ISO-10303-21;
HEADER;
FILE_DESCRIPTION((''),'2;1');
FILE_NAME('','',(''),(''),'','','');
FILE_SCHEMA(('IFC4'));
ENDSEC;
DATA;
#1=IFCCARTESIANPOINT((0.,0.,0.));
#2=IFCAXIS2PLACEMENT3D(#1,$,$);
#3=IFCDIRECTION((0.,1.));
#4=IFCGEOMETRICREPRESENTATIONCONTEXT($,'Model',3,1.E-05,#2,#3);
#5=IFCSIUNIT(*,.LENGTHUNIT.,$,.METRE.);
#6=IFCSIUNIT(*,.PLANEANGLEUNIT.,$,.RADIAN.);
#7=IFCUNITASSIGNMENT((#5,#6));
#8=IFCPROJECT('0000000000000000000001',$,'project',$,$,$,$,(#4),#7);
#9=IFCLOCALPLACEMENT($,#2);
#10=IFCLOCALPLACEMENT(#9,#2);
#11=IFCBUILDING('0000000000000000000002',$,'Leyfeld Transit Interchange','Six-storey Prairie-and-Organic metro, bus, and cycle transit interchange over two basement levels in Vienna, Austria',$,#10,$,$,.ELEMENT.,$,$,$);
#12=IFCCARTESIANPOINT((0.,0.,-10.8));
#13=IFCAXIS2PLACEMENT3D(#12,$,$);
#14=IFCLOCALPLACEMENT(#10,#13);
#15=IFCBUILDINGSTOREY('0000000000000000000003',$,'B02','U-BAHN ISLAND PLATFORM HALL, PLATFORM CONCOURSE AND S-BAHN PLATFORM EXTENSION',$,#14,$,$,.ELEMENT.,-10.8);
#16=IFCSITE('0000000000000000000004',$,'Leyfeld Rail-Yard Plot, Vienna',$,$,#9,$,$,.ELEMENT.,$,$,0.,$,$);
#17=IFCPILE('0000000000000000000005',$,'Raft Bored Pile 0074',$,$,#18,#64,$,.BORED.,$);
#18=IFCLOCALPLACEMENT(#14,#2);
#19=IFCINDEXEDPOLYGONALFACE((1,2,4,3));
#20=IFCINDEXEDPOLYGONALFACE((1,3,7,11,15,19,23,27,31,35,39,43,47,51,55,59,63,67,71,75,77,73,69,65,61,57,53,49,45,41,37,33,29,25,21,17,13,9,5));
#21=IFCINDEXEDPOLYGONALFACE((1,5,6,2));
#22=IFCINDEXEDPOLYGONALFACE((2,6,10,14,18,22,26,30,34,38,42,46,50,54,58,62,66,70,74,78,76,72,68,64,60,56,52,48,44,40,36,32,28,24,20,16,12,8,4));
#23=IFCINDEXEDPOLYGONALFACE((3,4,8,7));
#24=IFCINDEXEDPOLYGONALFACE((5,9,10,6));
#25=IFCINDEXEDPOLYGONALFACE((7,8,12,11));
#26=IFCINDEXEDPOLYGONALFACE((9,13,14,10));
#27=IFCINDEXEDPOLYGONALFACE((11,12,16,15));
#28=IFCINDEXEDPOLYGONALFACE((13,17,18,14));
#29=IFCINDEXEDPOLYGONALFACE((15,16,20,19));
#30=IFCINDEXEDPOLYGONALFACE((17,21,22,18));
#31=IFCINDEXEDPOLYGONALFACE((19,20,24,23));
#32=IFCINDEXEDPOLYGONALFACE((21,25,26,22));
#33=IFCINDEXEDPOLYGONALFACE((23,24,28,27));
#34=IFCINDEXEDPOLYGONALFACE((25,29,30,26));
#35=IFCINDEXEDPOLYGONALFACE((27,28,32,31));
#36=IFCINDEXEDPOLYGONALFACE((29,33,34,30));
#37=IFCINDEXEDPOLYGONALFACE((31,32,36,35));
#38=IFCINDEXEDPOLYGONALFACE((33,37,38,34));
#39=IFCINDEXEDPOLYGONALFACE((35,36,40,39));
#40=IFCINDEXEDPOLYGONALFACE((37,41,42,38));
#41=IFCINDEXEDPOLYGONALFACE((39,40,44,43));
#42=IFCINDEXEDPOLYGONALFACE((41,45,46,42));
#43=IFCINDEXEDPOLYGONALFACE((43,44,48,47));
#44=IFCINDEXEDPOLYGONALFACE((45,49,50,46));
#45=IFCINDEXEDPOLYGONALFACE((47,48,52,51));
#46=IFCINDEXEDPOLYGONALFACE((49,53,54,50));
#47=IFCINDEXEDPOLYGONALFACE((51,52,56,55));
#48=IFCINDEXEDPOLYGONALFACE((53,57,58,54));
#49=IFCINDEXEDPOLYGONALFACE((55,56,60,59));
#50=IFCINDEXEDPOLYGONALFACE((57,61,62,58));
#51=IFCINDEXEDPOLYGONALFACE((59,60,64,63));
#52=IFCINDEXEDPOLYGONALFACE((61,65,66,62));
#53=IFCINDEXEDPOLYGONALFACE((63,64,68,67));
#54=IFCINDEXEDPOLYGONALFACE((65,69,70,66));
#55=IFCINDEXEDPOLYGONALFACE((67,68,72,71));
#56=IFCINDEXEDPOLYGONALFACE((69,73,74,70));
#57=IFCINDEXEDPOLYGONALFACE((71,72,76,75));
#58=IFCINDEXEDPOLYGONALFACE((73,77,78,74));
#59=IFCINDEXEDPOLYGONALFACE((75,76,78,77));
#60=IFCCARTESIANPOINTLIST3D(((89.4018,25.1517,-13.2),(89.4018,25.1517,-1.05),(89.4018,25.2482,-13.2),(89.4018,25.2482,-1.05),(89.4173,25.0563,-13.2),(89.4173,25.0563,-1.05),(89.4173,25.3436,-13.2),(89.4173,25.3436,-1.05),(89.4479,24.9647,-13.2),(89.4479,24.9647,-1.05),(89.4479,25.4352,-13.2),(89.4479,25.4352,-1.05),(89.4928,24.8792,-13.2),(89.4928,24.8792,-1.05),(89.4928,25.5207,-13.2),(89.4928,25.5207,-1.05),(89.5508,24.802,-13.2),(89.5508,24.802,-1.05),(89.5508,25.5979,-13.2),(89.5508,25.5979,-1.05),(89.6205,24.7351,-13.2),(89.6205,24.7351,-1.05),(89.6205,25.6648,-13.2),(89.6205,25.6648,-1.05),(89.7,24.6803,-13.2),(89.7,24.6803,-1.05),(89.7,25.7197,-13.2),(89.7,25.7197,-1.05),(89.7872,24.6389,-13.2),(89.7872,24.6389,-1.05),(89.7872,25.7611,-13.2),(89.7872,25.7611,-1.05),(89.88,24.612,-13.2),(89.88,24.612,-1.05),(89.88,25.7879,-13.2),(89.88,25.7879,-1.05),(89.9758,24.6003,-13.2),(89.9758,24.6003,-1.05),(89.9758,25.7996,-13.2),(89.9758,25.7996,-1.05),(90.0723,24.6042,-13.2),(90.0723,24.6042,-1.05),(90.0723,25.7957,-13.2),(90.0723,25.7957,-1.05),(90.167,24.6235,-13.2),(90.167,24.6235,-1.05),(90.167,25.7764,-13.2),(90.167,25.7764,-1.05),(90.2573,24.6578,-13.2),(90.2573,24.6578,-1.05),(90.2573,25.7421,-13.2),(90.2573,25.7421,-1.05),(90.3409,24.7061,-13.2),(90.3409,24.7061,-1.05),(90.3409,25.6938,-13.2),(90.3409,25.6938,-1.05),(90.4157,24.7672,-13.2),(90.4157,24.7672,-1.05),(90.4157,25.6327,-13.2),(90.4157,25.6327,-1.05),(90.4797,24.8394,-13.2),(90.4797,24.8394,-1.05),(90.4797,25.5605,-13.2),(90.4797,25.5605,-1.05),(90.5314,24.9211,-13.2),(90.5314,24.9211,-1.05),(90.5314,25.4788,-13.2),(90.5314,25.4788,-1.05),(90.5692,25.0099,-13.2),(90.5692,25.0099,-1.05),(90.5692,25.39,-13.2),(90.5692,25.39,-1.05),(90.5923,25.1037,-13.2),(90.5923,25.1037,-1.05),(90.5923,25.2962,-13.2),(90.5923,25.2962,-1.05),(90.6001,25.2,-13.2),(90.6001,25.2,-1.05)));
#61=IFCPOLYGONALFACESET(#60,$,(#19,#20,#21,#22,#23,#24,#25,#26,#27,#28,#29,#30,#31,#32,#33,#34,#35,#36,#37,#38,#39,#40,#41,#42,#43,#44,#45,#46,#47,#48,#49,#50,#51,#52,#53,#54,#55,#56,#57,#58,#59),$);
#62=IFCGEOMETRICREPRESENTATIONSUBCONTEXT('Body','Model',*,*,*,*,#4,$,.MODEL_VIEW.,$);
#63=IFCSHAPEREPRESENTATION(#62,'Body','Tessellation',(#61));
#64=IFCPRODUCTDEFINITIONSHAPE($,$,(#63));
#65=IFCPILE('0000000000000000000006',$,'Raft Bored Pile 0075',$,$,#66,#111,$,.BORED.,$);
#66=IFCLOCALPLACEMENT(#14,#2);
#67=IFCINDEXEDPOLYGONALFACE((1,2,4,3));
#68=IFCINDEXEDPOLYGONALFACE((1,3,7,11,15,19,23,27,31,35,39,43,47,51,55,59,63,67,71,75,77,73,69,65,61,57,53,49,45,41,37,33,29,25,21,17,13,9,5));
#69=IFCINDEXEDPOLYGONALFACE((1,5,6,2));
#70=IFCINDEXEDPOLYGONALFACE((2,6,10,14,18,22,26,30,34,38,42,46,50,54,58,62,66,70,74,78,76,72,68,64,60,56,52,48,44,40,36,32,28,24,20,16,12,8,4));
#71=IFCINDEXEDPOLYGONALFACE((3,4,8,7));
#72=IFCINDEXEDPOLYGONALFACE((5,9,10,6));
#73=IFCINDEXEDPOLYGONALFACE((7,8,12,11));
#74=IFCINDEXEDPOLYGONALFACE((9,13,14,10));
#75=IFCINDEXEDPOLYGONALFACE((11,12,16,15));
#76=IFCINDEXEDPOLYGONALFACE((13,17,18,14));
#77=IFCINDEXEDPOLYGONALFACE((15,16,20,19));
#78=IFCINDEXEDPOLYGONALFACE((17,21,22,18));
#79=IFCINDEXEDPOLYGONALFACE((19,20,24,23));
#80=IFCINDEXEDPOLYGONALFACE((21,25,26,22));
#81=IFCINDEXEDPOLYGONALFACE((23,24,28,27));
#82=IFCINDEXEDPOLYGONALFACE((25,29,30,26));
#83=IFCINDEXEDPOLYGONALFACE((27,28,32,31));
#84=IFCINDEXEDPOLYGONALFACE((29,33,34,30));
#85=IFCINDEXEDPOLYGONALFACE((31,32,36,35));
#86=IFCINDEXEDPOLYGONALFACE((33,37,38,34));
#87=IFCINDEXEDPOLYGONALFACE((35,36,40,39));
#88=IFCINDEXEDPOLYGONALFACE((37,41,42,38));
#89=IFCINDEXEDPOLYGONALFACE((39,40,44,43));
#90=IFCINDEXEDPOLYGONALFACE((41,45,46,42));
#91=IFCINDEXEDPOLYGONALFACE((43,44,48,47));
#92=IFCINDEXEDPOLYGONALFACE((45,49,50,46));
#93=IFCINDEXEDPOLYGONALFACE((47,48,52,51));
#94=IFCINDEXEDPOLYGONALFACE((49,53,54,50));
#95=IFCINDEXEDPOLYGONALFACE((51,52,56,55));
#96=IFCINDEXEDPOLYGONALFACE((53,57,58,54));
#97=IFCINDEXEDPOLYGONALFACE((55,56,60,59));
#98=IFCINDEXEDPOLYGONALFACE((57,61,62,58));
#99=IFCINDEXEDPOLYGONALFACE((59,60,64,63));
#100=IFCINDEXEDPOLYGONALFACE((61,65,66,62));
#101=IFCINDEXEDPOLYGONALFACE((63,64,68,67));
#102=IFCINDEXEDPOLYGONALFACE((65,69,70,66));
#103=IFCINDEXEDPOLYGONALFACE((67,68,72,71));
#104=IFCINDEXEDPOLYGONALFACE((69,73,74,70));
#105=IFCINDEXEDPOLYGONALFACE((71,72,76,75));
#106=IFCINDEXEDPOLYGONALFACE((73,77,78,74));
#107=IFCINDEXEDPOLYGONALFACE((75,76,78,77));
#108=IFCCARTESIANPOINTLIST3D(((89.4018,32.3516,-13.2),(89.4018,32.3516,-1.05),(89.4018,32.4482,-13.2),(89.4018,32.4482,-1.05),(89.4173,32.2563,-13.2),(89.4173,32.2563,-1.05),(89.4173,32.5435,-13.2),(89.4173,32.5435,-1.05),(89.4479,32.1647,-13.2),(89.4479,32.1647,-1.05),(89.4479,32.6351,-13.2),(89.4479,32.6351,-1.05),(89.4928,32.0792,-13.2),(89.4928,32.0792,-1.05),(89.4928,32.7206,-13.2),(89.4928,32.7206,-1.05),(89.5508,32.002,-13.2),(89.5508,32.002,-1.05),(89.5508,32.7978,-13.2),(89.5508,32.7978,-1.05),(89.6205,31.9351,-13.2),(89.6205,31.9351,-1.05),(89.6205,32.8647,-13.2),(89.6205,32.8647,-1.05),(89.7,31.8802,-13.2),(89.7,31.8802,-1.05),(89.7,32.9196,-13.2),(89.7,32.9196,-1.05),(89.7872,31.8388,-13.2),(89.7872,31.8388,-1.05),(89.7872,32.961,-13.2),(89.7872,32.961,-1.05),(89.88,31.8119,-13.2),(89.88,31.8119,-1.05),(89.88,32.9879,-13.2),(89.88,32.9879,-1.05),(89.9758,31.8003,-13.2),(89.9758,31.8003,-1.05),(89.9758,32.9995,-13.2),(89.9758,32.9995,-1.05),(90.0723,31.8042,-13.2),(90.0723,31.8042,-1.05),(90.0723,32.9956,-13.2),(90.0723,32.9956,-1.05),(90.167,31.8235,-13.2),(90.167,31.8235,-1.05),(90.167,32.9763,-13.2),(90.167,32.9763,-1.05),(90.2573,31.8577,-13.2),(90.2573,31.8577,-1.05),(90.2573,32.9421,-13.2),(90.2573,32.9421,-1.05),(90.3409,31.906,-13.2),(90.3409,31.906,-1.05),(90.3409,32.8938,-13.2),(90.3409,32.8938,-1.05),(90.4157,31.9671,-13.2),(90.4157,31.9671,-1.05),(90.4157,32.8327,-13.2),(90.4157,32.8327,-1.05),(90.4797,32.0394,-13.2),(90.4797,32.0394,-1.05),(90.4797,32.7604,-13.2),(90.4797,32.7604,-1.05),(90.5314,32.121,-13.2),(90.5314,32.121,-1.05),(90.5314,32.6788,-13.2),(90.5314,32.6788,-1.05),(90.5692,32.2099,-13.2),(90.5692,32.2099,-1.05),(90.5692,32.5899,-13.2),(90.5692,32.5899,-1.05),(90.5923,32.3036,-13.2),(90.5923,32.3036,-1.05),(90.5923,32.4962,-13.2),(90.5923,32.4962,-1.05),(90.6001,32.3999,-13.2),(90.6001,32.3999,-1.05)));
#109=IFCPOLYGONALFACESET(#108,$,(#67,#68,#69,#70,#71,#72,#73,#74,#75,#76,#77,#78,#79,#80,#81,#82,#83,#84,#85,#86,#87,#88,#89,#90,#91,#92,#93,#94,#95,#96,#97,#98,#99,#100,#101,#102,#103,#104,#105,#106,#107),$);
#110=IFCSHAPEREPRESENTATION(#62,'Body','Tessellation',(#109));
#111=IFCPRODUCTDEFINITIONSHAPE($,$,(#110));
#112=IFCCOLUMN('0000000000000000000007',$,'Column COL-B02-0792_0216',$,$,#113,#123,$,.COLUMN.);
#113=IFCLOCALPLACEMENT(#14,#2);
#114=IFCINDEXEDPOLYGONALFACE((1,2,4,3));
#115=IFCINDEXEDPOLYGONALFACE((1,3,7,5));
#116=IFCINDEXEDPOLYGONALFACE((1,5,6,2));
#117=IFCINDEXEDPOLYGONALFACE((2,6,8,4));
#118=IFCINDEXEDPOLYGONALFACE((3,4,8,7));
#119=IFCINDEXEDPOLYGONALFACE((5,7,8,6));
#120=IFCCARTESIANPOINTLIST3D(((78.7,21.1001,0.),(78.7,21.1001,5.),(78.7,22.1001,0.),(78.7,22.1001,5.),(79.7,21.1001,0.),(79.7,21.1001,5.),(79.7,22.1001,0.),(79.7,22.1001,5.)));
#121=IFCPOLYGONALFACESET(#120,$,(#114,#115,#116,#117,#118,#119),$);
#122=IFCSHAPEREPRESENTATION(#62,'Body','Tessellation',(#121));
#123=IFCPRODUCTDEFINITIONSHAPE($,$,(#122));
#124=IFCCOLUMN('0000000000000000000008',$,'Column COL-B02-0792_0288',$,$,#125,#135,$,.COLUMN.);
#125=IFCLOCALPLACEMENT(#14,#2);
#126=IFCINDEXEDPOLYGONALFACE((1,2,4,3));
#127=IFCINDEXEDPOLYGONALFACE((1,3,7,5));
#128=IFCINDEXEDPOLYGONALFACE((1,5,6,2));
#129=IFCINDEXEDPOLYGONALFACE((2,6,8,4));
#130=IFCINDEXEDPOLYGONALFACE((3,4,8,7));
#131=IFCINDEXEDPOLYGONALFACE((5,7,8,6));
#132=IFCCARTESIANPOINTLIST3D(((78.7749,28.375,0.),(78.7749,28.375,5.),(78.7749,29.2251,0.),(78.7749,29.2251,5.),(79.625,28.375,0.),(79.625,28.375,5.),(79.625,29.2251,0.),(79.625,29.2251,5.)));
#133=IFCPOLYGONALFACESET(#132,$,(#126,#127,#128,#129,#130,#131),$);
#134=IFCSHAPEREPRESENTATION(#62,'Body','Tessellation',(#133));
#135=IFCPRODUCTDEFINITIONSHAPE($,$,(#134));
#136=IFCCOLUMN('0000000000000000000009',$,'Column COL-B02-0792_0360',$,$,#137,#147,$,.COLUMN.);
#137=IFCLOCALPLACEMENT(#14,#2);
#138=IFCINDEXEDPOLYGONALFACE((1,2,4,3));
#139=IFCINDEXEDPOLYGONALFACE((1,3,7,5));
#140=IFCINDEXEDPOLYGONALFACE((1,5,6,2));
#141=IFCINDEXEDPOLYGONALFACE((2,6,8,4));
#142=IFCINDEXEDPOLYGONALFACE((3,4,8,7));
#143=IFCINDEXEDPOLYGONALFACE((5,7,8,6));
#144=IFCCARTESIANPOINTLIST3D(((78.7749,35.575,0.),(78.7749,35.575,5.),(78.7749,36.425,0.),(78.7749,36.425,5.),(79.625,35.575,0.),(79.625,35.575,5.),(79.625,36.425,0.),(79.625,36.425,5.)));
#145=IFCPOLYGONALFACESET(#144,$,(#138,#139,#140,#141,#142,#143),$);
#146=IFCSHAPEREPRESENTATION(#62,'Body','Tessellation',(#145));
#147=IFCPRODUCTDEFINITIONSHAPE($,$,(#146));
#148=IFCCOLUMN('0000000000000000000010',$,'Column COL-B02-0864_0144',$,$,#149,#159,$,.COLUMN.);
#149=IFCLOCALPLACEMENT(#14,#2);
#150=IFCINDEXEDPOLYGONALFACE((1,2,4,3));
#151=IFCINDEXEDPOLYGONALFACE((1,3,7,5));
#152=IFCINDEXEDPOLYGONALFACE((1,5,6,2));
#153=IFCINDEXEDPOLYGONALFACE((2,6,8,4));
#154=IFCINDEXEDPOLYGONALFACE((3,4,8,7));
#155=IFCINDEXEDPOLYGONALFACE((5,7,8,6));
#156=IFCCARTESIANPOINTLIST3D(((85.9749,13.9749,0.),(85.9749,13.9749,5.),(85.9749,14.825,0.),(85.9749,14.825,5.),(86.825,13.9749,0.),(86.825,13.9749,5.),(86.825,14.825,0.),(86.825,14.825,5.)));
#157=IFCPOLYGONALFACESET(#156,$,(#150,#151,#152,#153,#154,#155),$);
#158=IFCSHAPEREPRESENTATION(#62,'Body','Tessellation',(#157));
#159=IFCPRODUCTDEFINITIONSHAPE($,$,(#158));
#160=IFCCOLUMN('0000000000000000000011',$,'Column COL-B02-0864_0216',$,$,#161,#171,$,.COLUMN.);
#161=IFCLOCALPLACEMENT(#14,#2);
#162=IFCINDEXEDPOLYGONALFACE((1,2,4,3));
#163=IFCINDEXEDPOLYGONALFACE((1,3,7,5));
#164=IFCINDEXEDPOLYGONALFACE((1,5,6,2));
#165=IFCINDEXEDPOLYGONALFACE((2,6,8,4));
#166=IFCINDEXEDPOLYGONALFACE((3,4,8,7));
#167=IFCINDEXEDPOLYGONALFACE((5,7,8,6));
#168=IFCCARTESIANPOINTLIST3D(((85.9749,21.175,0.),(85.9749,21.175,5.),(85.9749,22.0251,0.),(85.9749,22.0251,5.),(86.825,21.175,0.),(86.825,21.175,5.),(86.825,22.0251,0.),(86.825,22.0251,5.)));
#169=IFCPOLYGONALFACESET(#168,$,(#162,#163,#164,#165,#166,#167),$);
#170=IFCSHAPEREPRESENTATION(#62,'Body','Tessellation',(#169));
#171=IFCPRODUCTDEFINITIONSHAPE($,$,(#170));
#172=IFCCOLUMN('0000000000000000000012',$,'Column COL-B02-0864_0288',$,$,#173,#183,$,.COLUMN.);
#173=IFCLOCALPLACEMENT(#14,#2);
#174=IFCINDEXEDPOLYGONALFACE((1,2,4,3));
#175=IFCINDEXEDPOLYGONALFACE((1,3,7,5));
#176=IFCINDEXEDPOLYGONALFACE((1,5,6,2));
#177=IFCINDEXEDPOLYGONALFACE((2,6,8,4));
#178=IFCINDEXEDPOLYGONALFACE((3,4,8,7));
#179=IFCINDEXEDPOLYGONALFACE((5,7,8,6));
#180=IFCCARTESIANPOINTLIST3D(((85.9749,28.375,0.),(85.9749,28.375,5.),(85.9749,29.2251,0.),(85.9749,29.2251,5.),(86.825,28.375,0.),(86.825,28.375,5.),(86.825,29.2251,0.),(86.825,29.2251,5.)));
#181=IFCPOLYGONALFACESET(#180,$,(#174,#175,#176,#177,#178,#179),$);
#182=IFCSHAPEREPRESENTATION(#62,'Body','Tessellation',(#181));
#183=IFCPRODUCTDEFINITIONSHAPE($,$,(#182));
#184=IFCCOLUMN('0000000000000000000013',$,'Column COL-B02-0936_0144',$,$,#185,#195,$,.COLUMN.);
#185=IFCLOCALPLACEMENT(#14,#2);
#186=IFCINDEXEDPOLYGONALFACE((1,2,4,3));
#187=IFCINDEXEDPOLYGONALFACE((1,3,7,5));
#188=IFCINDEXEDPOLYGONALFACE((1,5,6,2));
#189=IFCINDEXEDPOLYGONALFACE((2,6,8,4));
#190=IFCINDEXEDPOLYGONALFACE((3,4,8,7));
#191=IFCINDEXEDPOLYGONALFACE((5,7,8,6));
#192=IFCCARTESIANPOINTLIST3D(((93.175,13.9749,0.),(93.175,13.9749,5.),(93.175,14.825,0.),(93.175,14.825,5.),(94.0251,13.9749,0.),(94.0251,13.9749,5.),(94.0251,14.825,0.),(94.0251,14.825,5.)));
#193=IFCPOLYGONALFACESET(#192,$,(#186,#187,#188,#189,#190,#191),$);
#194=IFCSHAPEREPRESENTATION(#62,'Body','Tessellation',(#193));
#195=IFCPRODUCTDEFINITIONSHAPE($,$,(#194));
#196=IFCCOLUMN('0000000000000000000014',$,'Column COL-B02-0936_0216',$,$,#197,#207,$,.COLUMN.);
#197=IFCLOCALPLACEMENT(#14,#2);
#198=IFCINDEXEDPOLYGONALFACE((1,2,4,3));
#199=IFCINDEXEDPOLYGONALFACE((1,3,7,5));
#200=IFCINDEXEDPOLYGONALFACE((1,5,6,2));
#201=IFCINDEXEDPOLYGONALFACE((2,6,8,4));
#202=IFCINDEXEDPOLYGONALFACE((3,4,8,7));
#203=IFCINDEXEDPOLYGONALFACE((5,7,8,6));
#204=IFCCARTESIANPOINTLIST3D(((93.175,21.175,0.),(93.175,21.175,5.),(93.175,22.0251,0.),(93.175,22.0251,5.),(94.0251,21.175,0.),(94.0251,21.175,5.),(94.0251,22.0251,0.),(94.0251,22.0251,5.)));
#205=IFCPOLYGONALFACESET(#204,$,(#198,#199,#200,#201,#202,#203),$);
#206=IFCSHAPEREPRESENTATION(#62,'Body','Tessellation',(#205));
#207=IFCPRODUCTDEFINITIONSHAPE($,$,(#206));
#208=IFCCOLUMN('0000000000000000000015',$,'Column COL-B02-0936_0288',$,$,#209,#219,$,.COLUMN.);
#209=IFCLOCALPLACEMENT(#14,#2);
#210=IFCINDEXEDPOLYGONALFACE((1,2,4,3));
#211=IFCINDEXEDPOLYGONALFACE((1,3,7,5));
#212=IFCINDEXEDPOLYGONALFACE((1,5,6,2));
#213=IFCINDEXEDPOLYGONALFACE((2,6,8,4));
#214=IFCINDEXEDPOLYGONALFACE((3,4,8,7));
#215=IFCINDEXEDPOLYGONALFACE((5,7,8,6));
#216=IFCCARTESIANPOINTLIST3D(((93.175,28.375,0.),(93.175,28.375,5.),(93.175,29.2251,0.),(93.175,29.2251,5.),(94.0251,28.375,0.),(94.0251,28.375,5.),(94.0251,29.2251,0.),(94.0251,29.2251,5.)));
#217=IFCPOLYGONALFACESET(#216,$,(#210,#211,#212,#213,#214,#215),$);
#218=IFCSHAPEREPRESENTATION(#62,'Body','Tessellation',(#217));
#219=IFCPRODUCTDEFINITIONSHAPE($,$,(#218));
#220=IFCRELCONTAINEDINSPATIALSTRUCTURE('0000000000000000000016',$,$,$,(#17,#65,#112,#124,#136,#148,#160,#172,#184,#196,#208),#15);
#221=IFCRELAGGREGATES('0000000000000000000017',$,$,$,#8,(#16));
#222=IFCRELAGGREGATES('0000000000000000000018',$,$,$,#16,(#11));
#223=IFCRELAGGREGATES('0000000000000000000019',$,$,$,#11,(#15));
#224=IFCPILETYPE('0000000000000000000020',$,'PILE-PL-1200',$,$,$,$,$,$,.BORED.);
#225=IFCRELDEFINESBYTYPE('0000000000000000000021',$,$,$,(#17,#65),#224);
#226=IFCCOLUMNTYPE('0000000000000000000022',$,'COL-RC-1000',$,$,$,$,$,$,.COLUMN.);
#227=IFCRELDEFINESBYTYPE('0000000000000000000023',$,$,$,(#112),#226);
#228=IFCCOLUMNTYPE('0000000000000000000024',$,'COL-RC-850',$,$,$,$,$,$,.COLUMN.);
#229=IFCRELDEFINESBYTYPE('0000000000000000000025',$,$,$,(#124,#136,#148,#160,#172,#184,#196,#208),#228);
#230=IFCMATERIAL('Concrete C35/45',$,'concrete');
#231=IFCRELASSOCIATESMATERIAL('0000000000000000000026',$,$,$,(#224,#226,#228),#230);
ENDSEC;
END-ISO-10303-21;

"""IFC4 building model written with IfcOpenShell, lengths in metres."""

from ifc_helpers import new_model, si_unit, direction, frame, origin, origin_2d, place, context, subcontext, project, spatial, rectangle, circle, extrude, material, material_profile, profile_set, type_object, element, save


model = new_model("IFC4")

# Units and contexts
model_context = context("Model", 3, precision=1e-05, world=origin(), true_north=direction((0.0, 1.0)))
body_context = subcontext(model_context, "Body", "Model", "MODEL_VIEW")
ifc_project = project(units=[si_unit("LENGTHUNIT", "METRE"), si_unit("PLANEANGLEUNIT", "RADIAN")], contexts=[model_context])

# Site, building, storey
site_placement = place(None, origin())
site = spatial("IfcSite", under=ifc_project, at=site_placement, Name="Leyfeld Rail-Yard Plot, Vienna", CompositionType="ELEMENT", RefElevation=0.0)
building_placement = place(site_placement, origin())
building = spatial("IfcBuilding", under=site, at=building_placement, Name="Leyfeld Transit Interchange", Description="Six-storey Prairie-and-Organic metro, bus, and cycle transit interchange over two basement levels in Vienna, Austria", CompositionType="ELEMENT")
storey_placement = place(building_placement, frame((0.0, 0.0, -10.8)))
storey = spatial("IfcBuildingStorey", under=building, at=storey_placement, Name="B02", Description="U-BAHN ISLAND PLATFORM HALL, PLATFORM CONCOURSE AND S-BAHN PLATFORM EXTENSION", CompositionType="ELEMENT", Elevation=-10.8)

# Piles
ifc_material = material(Name="Concrete C35/45", Category="concrete")
ifc_material_profile_1 = material_profile(ifc_material, circle(Radius=0.6001, at=origin_2d()), Name="PILE D1200")
ifc_profile_set_1 = profile_set([ifc_material_profile_1], Name="Concrete C35/45")
pile_type = type_object("IfcPileType", Name="PILE-PL-1200", PredefinedType="BORED", material=ifc_profile_set_1)
for number, where, z_axis, x_axis, name in (
    (1, (90.0, 25.2, -1.05), (0.0, 0.0, -1.0), (1.0, 0.0, 0.0), "Raft Bored Pile 0074"),
    (2, (90.0, 32.3999, -1.05), (0.0, 0.0, -1.0), (1.0, 0.0, 0.0), "Raft Bored Pile 0075"),
):
    element("IfcPile", number, at=place(storey_placement, frame(where, z_axis=z_axis, x_axis=x_axis)), inside=storey, type_object=pile_type, Name=name, PredefinedType="BORED", context=body_context, shape_type="SweptSolid", body=[
        extrude(circle(Radius=0.6001, at=origin_2d()), origin(), (0.0, 0.0, 1.0), 12.1499),
    ])

# Columns
ifc_material_profile_2 = material_profile(ifc_material, rectangle(XDim=1.0, YDim=1.0, at=origin_2d()), Name="RC 1000x1000")
ifc_profile_set_2 = profile_set([ifc_material_profile_2], Name="Concrete C35/45")
column_type_1 = type_object("IfcColumnType", Name="COL-RC-1000", PredefinedType="COLUMN", material=ifc_profile_set_2)
column_placement = place(storey_placement, frame((79.2, 21.6001, 0.0), z_axis=(0.0, 0.0, 1.0), x_axis=(1.0, 0.0, 0.0)))
element("IfcColumn", 3, at=column_placement, inside=storey, type_object=column_type_1, Name="Column COL-B02-0792_0216", PredefinedType="COLUMN", context=body_context, shape_type="SweptSolid", body=[
    extrude(rectangle(XDim=1.0, YDim=1.0, at=origin_2d()), origin(), (0.0, 0.0, 1.0), 5.0),
])
ifc_material_profile_3 = material_profile(ifc_material, rectangle(XDim=0.8501, YDim=0.8501, at=origin_2d()), Name="RC 850x850")
ifc_profile_set_3 = profile_set([ifc_material_profile_3], Name="Concrete C35/45")
column_type_2 = type_object("IfcColumnType", Name="COL-RC-850", PredefinedType="COLUMN", material=ifc_profile_set_3)
for number, where, z_axis, x_axis, name in (
    (4, (79.2, 28.8, 0.0), (0.0, 0.0, 1.0), (1.0, 0.0, 0.0), "Column COL-B02-0792_0288"),
    (5, (79.2, 36.0, 0.0), (0.0, 0.0, 1.0), (1.0, 0.0, 0.0), "Column COL-B02-0792_0360"),
    (6, (86.3999, 14.3999, 0.0), (0.0, 0.0, 1.0), (1.0, 0.0, 0.0), "Column COL-B02-0864_0144"),
    (7, (86.3999, 21.6001, 0.0), (0.0, 0.0, 1.0), (1.0, 0.0, 0.0), "Column COL-B02-0864_0216"),
    (8, (86.3999, 28.8, 0.0), (0.0, 0.0, 1.0), (1.0, 0.0, 0.0), "Column COL-B02-0864_0288"),
    (9, (93.6001, 14.3999, 0.0), (0.0, 0.0, 1.0), (1.0, 0.0, 0.0), "Column COL-B02-0936_0144"),
    (10, (93.6001, 21.6001, 0.0), (0.0, 0.0, 1.0), (1.0, 0.0, 0.0), "Column COL-B02-0936_0216"),
    (11, (93.6001, 28.8, 0.0), (0.0, 0.0, 1.0), (1.0, 0.0, 0.0), "Column COL-B02-0936_0288"),
):
    element("IfcColumn", number, at=place(storey_placement, frame(where, z_axis=z_axis, x_axis=x_axis)), inside=storey, type_object=column_type_2, Name=name, PredefinedType="COLUMN", context=body_context, shape_type="SweptSolid", body=[
        extrude(rectangle(XDim=0.8501, YDim=0.8501, at=origin_2d()), origin(), (0.0, 0.0, 1.0), 5.0),
    ])

save(model, "model.ifc")
